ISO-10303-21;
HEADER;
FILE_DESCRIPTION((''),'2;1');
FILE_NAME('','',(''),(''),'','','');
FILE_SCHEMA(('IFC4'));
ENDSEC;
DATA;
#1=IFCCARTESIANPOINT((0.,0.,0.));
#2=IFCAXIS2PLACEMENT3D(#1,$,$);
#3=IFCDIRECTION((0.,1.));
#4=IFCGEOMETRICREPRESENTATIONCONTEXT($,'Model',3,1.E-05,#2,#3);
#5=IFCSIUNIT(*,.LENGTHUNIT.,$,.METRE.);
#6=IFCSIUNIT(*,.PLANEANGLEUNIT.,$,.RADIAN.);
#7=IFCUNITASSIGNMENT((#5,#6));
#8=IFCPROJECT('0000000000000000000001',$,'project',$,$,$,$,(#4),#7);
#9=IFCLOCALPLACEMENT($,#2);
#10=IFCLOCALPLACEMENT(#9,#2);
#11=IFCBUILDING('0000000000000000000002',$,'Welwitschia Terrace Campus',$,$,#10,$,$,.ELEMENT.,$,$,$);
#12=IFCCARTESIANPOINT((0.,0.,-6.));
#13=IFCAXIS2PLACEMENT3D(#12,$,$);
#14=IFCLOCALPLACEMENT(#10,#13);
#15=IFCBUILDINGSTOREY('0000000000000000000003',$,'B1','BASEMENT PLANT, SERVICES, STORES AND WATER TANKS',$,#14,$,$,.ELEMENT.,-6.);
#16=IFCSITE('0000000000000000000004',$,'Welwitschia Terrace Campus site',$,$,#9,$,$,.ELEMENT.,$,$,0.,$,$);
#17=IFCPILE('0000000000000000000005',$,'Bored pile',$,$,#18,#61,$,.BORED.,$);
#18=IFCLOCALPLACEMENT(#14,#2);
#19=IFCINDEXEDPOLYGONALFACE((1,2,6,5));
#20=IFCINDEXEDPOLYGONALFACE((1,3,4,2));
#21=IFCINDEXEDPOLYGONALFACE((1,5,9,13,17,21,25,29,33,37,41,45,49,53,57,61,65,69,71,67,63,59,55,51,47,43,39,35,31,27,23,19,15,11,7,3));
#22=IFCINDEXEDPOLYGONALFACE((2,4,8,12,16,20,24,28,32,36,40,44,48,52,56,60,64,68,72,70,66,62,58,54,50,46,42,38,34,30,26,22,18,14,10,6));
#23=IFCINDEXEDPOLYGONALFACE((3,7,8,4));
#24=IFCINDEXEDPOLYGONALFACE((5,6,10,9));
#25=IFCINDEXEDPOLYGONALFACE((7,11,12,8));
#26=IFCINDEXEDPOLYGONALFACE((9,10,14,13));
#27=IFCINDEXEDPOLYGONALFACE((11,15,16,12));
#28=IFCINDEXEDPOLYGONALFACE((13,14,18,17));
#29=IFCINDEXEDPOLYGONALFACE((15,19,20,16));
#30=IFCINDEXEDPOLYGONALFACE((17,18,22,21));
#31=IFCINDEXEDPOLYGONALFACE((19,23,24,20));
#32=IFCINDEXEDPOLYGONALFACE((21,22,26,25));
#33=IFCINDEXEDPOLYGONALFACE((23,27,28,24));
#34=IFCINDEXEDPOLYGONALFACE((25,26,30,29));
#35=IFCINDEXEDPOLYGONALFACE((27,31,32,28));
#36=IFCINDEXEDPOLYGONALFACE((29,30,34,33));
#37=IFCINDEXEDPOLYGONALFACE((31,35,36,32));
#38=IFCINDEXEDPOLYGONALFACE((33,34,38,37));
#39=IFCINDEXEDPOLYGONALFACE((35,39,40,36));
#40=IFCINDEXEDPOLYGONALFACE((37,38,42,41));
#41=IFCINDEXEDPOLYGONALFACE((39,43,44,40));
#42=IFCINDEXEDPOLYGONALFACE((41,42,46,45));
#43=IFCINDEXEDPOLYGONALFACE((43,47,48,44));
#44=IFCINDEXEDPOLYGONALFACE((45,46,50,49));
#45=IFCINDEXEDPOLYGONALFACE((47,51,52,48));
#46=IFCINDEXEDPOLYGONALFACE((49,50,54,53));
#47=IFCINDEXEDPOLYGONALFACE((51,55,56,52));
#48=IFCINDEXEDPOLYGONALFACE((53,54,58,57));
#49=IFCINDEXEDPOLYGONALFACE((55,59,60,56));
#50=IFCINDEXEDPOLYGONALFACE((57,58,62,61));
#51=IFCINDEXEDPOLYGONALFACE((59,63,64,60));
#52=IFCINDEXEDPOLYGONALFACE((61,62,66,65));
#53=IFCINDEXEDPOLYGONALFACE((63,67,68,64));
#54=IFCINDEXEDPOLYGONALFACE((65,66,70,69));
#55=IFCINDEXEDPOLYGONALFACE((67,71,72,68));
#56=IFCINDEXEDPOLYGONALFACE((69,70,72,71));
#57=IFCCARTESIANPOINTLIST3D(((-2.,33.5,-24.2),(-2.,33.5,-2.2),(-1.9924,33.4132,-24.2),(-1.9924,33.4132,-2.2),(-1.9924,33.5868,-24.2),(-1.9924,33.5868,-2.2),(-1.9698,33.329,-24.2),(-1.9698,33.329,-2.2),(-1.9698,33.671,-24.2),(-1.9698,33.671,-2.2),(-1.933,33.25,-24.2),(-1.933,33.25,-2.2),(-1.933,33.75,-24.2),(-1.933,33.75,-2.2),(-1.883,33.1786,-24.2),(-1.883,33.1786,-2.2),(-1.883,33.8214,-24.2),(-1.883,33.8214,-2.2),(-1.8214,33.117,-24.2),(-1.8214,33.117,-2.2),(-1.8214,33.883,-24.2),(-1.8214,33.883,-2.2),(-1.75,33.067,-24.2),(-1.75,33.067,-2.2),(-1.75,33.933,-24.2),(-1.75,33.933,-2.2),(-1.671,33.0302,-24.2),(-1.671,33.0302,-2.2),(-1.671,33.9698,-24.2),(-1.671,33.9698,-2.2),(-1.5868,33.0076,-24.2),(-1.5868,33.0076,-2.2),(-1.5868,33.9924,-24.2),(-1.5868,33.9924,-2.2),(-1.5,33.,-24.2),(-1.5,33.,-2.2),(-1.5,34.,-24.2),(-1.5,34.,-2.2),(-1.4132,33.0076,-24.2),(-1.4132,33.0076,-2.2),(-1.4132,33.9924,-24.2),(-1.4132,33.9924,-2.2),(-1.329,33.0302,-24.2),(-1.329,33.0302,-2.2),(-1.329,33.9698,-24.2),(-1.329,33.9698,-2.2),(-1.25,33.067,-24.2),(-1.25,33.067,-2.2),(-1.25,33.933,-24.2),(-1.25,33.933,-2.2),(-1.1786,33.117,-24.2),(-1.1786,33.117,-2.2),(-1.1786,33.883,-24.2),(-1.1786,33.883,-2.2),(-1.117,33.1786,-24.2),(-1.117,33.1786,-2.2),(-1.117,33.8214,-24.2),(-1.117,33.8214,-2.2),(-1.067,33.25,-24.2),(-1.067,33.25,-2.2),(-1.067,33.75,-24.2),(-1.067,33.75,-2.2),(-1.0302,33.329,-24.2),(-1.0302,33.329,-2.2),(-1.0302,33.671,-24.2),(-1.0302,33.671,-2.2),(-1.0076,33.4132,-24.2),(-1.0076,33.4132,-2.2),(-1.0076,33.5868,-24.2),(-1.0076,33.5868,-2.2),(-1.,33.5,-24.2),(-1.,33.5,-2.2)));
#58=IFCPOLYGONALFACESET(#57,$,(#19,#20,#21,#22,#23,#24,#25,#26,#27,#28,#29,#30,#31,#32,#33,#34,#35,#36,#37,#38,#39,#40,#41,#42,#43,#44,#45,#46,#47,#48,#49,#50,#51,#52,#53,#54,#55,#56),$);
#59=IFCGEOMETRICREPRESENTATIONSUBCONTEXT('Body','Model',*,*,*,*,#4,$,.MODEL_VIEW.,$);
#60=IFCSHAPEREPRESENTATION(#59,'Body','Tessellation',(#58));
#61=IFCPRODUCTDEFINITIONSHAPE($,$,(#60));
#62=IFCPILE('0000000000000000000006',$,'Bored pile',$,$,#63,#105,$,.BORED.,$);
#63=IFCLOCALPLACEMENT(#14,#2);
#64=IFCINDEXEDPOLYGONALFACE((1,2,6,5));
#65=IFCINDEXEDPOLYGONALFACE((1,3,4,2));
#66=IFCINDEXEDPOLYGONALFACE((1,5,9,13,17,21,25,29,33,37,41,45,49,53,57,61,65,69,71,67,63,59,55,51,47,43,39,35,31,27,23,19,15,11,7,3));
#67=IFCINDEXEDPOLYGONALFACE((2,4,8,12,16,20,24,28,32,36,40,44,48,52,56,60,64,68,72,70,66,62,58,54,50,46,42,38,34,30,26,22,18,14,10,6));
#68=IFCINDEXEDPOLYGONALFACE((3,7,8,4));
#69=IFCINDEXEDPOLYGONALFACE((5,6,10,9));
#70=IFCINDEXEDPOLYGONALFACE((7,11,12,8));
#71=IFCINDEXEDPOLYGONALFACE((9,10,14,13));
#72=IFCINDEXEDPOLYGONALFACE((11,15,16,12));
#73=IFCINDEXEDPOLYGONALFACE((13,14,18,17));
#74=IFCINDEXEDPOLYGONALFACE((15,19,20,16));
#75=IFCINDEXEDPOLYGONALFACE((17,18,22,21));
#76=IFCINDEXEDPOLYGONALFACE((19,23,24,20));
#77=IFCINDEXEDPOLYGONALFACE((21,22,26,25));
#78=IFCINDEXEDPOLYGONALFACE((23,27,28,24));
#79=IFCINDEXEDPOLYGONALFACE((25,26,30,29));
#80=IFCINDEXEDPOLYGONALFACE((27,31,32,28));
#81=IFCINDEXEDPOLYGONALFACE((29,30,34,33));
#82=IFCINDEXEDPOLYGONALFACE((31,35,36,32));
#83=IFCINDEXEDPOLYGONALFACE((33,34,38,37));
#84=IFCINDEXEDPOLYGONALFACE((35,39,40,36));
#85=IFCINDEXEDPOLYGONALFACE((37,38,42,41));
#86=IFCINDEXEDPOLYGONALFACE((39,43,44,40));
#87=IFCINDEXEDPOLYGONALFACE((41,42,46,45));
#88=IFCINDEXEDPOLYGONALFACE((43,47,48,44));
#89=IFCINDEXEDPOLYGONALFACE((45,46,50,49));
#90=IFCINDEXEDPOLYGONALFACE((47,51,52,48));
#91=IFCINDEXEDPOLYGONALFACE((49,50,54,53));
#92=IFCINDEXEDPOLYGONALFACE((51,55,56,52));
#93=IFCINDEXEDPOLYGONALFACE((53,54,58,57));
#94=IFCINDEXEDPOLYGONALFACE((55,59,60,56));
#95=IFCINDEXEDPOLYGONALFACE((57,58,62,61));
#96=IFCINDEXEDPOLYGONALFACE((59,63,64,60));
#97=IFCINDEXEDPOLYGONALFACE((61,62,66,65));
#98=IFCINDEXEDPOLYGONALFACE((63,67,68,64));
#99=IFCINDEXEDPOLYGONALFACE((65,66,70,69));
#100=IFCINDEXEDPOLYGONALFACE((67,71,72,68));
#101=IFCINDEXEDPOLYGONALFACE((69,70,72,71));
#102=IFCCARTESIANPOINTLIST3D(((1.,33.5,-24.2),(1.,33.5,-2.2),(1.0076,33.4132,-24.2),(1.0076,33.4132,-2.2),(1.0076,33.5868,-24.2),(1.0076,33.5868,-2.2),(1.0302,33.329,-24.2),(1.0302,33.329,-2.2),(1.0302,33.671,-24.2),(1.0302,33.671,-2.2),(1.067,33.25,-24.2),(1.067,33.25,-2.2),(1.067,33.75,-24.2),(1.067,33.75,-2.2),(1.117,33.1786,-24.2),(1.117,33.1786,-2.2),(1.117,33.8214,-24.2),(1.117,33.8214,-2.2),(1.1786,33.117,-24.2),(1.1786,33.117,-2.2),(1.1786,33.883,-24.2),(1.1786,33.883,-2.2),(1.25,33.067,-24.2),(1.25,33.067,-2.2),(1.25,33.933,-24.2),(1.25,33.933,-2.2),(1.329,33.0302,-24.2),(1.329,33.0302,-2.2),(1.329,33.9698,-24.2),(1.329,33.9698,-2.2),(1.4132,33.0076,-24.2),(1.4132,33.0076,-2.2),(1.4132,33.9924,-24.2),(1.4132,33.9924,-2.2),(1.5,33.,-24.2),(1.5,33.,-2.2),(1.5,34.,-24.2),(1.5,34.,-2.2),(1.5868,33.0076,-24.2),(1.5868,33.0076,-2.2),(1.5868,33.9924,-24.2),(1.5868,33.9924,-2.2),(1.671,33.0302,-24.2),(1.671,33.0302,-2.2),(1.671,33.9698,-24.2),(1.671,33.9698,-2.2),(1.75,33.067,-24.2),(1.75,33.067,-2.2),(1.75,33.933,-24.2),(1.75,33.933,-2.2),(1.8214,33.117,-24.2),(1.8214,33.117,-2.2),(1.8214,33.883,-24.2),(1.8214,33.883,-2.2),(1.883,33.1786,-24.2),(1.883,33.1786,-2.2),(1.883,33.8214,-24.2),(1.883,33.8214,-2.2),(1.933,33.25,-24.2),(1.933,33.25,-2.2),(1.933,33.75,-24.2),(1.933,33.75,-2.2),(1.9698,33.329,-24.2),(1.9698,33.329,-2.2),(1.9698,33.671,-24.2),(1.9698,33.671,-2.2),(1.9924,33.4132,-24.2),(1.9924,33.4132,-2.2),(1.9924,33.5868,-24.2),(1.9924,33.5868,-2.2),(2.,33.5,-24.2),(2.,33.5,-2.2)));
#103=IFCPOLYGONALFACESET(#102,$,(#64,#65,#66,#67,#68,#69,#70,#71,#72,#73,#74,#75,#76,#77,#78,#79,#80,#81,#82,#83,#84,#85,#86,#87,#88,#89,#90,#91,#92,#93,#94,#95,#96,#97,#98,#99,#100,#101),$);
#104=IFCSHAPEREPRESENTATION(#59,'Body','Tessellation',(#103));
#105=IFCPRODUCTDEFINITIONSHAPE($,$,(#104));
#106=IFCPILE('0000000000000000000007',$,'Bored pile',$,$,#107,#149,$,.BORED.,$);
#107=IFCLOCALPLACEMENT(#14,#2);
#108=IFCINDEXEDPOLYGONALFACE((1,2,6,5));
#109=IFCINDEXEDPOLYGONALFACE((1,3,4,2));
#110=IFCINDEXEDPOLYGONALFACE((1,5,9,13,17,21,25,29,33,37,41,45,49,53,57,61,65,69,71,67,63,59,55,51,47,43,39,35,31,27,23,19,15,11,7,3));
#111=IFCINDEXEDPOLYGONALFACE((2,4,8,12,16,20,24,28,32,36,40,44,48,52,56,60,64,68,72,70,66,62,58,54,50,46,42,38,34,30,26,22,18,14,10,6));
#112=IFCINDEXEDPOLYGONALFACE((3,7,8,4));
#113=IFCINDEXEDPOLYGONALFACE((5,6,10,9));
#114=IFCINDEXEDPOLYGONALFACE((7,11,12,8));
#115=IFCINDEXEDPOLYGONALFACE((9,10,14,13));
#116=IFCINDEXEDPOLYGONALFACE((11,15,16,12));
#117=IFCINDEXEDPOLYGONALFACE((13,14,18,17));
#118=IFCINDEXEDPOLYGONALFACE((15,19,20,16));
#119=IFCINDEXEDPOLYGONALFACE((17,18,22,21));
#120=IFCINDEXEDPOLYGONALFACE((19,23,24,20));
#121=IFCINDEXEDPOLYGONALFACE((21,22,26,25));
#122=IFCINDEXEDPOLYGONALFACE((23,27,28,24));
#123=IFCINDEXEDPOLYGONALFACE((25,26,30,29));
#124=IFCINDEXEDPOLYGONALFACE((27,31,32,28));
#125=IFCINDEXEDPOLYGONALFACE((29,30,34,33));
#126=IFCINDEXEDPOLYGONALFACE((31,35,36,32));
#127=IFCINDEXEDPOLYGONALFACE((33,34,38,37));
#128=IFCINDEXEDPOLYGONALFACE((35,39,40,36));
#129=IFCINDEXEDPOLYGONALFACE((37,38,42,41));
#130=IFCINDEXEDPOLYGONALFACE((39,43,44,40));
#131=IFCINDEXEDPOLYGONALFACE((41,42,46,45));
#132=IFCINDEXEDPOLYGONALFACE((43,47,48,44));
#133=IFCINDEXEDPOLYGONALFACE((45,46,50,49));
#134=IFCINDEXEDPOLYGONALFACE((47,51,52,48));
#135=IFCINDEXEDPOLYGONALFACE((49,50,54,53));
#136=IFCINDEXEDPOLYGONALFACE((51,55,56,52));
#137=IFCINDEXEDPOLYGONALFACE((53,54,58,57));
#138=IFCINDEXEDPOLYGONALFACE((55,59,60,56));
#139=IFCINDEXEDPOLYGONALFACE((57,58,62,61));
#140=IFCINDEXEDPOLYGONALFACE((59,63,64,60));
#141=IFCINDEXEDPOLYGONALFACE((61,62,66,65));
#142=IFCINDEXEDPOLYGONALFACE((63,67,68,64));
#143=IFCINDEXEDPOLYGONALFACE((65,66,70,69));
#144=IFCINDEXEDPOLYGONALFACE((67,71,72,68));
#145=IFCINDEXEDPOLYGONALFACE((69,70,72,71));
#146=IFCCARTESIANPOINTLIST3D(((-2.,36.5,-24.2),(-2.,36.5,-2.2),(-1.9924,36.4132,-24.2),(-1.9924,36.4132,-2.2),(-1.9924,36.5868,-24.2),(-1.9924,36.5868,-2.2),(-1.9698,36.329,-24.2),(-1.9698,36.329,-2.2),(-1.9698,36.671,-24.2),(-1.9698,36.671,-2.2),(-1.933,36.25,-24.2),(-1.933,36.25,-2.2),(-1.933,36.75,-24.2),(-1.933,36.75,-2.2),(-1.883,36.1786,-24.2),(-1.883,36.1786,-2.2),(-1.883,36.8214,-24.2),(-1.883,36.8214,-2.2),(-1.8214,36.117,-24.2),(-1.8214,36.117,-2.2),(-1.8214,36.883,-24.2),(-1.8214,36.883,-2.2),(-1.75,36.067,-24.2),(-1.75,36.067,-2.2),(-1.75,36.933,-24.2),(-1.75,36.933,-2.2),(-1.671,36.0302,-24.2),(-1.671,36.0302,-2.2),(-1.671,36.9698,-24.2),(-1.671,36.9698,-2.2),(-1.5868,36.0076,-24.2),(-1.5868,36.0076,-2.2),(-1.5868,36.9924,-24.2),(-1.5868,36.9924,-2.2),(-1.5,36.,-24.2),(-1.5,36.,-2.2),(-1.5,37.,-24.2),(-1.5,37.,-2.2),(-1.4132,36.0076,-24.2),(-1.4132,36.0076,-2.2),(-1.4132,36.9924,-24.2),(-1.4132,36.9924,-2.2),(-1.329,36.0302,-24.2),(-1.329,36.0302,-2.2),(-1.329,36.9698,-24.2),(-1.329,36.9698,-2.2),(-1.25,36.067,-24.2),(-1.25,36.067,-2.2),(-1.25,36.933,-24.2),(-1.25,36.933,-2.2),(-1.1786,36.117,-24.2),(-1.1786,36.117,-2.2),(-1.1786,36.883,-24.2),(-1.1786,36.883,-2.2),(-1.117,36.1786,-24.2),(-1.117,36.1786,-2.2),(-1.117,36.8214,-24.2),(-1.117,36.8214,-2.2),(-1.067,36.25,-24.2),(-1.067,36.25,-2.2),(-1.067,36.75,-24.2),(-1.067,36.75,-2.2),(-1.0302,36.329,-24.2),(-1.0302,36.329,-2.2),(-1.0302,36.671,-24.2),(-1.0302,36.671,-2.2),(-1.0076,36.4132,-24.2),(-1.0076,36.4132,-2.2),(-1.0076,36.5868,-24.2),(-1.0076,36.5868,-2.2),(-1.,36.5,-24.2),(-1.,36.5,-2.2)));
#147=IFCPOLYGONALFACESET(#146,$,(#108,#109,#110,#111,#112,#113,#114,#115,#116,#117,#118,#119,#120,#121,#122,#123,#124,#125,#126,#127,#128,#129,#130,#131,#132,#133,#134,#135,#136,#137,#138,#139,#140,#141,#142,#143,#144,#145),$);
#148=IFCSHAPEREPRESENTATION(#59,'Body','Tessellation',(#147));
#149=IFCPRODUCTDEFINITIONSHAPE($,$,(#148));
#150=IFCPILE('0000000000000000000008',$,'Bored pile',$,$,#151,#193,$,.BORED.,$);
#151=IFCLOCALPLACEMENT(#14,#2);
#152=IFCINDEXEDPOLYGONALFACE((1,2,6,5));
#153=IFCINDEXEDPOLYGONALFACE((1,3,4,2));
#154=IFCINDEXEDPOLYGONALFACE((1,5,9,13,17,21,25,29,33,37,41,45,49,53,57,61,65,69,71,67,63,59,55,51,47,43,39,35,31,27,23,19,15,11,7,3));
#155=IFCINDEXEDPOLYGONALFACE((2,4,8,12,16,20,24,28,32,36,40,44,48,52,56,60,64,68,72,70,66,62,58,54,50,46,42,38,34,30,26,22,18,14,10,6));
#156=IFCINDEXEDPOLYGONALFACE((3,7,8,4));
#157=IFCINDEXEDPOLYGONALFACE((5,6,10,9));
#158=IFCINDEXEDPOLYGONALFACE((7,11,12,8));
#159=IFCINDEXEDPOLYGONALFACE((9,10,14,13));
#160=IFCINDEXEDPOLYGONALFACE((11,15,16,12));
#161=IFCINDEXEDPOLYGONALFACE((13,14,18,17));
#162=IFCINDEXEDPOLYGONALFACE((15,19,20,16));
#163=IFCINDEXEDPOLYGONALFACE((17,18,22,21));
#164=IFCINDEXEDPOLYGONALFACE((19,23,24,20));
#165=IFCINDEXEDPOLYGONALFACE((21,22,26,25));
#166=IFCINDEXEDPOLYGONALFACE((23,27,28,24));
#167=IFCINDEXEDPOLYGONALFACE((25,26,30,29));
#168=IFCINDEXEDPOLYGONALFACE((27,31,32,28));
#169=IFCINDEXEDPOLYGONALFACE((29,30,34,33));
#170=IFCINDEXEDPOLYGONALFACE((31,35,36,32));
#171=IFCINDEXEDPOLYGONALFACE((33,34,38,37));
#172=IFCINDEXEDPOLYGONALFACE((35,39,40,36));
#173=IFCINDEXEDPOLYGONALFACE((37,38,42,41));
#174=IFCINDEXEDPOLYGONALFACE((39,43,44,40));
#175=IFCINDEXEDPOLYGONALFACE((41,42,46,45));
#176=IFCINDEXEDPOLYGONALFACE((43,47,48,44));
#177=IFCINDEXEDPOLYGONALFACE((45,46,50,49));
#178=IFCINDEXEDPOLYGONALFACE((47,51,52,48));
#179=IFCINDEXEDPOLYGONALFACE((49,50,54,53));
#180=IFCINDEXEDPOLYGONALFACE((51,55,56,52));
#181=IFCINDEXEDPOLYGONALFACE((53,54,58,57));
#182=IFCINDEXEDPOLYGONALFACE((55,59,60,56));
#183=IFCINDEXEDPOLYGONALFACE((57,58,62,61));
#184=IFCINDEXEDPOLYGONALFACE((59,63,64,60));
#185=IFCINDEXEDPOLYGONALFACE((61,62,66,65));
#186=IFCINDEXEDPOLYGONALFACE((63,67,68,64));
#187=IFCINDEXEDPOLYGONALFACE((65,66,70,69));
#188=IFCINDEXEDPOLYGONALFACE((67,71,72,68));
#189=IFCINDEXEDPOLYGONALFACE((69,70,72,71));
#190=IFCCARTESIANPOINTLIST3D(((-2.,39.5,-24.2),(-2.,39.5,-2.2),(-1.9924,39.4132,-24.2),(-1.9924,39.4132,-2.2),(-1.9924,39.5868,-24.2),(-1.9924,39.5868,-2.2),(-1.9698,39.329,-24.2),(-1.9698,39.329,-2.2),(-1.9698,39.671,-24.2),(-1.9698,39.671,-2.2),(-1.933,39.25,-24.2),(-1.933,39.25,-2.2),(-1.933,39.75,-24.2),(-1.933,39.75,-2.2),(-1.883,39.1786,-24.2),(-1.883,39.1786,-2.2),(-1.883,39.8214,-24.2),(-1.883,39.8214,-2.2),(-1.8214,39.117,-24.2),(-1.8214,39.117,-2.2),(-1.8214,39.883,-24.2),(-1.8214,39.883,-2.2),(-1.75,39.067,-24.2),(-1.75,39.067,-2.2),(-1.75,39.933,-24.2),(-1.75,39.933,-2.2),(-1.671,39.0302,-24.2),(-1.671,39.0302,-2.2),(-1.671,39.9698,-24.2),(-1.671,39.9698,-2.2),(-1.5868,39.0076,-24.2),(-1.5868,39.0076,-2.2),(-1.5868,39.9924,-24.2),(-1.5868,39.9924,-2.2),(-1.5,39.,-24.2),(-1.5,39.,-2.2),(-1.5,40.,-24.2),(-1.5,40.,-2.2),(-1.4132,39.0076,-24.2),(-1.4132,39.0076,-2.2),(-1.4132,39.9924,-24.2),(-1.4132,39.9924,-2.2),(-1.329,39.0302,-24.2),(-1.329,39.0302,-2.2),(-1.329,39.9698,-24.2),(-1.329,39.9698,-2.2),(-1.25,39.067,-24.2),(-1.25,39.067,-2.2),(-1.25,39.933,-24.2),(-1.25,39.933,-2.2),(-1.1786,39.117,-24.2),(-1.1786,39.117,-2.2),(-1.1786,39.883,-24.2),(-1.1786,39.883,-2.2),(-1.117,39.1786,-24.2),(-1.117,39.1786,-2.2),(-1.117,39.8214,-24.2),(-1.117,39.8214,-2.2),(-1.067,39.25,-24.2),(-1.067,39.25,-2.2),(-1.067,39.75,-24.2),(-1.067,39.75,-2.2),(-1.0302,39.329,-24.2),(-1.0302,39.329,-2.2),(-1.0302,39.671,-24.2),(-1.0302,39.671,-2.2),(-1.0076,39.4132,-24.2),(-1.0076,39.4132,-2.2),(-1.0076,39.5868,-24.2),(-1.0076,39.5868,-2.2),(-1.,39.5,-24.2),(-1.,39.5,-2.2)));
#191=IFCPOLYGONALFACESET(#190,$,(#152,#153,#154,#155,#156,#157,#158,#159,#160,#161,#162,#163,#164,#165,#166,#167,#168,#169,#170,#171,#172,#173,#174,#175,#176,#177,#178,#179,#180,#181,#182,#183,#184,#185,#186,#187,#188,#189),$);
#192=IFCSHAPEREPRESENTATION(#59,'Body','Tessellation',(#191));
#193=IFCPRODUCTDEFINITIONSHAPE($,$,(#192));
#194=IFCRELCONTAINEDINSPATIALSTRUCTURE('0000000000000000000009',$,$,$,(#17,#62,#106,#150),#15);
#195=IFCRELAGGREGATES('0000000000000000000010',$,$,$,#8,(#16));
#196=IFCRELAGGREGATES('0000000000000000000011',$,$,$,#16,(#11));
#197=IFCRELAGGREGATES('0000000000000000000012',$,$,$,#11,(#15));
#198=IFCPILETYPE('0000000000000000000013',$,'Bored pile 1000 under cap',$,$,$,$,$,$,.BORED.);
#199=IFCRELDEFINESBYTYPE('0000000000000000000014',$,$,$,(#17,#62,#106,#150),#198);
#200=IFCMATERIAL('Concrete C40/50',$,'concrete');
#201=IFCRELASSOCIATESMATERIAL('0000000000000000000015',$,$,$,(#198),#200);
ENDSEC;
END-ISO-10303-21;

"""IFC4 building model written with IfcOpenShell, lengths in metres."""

from ifc_helpers import new_model, si_unit, direction, frame, origin, origin_2d, place, context, subcontext, project, spatial, circle, extrude, material, type_object, element, save


model = new_model("IFC4")

# Units and contexts
model_context = context("Model", 3, precision=1e-05, world=origin(), true_north=direction((0.0, 1.0)))
body_context = subcontext(model_context, "Body", "Model", "MODEL_VIEW")
ifc_project = project(units=[si_unit("LENGTHUNIT", "METRE"), si_unit("PLANEANGLEUNIT", "RADIAN")], contexts=[model_context])

# Site, building, storey
site_placement = place(None, origin())
site = spatial("IfcSite", under=ifc_project, at=site_placement, Name="Welwitschia Terrace Campus site", CompositionType="ELEMENT", RefElevation=0.0)
building_placement = place(site_placement, origin())
building = spatial("IfcBuilding", under=site, at=building_placement, Name="Welwitschia Terrace Campus", CompositionType="ELEMENT")
storey_placement = place(building_placement, frame((0.0, 0.0, -6.0)))
storey = spatial("IfcBuildingStorey", under=building, at=storey_placement, Name="B1", Description="BASEMENT PLANT, SERVICES, STORES AND WATER TANKS", CompositionType="ELEMENT", Elevation=-6.0)

# Piles
ifc_material_1 = material(Name="Concrete C40/50", Category="concrete")
pile_type = type_object("IfcPileType", Name="Bored pile 1000 under cap", PredefinedType="BORED", material=ifc_material_1)
for number, where, z_axis, x_axis, name in (
    (1, (-1.5, 33.5, -2.2), (0.0, 0.0, -1.0), (1.0, 0.0, 0.0), "Bored pile"),
    (2, (1.5, 33.5, -2.2), (0.0, 0.0, -1.0), (1.0, 0.0, 0.0), "Bored pile"),
    (3, (-1.5, 36.5, -2.2), (0.0, 0.0, -1.0), (1.0, 0.0, 0.0), "Bored pile"),
    (4, (-1.5, 39.5, -2.2), (0.0, 0.0, -1.0), (1.0, 0.0, 0.0), "Bored pile"),
):
    element("IfcPile", number, at=place(storey_placement, frame(where, z_axis=z_axis, x_axis=x_axis)), inside=storey, type_object=pile_type, Name=name, PredefinedType="BORED", context=body_context, shape_type="SweptSolid", body=[
        extrude(circle(Radius=0.5, at=origin_2d()), origin(), (0.0, 0.0, 1.0), 22.0),
    ])

save(model, "model.ifc")
